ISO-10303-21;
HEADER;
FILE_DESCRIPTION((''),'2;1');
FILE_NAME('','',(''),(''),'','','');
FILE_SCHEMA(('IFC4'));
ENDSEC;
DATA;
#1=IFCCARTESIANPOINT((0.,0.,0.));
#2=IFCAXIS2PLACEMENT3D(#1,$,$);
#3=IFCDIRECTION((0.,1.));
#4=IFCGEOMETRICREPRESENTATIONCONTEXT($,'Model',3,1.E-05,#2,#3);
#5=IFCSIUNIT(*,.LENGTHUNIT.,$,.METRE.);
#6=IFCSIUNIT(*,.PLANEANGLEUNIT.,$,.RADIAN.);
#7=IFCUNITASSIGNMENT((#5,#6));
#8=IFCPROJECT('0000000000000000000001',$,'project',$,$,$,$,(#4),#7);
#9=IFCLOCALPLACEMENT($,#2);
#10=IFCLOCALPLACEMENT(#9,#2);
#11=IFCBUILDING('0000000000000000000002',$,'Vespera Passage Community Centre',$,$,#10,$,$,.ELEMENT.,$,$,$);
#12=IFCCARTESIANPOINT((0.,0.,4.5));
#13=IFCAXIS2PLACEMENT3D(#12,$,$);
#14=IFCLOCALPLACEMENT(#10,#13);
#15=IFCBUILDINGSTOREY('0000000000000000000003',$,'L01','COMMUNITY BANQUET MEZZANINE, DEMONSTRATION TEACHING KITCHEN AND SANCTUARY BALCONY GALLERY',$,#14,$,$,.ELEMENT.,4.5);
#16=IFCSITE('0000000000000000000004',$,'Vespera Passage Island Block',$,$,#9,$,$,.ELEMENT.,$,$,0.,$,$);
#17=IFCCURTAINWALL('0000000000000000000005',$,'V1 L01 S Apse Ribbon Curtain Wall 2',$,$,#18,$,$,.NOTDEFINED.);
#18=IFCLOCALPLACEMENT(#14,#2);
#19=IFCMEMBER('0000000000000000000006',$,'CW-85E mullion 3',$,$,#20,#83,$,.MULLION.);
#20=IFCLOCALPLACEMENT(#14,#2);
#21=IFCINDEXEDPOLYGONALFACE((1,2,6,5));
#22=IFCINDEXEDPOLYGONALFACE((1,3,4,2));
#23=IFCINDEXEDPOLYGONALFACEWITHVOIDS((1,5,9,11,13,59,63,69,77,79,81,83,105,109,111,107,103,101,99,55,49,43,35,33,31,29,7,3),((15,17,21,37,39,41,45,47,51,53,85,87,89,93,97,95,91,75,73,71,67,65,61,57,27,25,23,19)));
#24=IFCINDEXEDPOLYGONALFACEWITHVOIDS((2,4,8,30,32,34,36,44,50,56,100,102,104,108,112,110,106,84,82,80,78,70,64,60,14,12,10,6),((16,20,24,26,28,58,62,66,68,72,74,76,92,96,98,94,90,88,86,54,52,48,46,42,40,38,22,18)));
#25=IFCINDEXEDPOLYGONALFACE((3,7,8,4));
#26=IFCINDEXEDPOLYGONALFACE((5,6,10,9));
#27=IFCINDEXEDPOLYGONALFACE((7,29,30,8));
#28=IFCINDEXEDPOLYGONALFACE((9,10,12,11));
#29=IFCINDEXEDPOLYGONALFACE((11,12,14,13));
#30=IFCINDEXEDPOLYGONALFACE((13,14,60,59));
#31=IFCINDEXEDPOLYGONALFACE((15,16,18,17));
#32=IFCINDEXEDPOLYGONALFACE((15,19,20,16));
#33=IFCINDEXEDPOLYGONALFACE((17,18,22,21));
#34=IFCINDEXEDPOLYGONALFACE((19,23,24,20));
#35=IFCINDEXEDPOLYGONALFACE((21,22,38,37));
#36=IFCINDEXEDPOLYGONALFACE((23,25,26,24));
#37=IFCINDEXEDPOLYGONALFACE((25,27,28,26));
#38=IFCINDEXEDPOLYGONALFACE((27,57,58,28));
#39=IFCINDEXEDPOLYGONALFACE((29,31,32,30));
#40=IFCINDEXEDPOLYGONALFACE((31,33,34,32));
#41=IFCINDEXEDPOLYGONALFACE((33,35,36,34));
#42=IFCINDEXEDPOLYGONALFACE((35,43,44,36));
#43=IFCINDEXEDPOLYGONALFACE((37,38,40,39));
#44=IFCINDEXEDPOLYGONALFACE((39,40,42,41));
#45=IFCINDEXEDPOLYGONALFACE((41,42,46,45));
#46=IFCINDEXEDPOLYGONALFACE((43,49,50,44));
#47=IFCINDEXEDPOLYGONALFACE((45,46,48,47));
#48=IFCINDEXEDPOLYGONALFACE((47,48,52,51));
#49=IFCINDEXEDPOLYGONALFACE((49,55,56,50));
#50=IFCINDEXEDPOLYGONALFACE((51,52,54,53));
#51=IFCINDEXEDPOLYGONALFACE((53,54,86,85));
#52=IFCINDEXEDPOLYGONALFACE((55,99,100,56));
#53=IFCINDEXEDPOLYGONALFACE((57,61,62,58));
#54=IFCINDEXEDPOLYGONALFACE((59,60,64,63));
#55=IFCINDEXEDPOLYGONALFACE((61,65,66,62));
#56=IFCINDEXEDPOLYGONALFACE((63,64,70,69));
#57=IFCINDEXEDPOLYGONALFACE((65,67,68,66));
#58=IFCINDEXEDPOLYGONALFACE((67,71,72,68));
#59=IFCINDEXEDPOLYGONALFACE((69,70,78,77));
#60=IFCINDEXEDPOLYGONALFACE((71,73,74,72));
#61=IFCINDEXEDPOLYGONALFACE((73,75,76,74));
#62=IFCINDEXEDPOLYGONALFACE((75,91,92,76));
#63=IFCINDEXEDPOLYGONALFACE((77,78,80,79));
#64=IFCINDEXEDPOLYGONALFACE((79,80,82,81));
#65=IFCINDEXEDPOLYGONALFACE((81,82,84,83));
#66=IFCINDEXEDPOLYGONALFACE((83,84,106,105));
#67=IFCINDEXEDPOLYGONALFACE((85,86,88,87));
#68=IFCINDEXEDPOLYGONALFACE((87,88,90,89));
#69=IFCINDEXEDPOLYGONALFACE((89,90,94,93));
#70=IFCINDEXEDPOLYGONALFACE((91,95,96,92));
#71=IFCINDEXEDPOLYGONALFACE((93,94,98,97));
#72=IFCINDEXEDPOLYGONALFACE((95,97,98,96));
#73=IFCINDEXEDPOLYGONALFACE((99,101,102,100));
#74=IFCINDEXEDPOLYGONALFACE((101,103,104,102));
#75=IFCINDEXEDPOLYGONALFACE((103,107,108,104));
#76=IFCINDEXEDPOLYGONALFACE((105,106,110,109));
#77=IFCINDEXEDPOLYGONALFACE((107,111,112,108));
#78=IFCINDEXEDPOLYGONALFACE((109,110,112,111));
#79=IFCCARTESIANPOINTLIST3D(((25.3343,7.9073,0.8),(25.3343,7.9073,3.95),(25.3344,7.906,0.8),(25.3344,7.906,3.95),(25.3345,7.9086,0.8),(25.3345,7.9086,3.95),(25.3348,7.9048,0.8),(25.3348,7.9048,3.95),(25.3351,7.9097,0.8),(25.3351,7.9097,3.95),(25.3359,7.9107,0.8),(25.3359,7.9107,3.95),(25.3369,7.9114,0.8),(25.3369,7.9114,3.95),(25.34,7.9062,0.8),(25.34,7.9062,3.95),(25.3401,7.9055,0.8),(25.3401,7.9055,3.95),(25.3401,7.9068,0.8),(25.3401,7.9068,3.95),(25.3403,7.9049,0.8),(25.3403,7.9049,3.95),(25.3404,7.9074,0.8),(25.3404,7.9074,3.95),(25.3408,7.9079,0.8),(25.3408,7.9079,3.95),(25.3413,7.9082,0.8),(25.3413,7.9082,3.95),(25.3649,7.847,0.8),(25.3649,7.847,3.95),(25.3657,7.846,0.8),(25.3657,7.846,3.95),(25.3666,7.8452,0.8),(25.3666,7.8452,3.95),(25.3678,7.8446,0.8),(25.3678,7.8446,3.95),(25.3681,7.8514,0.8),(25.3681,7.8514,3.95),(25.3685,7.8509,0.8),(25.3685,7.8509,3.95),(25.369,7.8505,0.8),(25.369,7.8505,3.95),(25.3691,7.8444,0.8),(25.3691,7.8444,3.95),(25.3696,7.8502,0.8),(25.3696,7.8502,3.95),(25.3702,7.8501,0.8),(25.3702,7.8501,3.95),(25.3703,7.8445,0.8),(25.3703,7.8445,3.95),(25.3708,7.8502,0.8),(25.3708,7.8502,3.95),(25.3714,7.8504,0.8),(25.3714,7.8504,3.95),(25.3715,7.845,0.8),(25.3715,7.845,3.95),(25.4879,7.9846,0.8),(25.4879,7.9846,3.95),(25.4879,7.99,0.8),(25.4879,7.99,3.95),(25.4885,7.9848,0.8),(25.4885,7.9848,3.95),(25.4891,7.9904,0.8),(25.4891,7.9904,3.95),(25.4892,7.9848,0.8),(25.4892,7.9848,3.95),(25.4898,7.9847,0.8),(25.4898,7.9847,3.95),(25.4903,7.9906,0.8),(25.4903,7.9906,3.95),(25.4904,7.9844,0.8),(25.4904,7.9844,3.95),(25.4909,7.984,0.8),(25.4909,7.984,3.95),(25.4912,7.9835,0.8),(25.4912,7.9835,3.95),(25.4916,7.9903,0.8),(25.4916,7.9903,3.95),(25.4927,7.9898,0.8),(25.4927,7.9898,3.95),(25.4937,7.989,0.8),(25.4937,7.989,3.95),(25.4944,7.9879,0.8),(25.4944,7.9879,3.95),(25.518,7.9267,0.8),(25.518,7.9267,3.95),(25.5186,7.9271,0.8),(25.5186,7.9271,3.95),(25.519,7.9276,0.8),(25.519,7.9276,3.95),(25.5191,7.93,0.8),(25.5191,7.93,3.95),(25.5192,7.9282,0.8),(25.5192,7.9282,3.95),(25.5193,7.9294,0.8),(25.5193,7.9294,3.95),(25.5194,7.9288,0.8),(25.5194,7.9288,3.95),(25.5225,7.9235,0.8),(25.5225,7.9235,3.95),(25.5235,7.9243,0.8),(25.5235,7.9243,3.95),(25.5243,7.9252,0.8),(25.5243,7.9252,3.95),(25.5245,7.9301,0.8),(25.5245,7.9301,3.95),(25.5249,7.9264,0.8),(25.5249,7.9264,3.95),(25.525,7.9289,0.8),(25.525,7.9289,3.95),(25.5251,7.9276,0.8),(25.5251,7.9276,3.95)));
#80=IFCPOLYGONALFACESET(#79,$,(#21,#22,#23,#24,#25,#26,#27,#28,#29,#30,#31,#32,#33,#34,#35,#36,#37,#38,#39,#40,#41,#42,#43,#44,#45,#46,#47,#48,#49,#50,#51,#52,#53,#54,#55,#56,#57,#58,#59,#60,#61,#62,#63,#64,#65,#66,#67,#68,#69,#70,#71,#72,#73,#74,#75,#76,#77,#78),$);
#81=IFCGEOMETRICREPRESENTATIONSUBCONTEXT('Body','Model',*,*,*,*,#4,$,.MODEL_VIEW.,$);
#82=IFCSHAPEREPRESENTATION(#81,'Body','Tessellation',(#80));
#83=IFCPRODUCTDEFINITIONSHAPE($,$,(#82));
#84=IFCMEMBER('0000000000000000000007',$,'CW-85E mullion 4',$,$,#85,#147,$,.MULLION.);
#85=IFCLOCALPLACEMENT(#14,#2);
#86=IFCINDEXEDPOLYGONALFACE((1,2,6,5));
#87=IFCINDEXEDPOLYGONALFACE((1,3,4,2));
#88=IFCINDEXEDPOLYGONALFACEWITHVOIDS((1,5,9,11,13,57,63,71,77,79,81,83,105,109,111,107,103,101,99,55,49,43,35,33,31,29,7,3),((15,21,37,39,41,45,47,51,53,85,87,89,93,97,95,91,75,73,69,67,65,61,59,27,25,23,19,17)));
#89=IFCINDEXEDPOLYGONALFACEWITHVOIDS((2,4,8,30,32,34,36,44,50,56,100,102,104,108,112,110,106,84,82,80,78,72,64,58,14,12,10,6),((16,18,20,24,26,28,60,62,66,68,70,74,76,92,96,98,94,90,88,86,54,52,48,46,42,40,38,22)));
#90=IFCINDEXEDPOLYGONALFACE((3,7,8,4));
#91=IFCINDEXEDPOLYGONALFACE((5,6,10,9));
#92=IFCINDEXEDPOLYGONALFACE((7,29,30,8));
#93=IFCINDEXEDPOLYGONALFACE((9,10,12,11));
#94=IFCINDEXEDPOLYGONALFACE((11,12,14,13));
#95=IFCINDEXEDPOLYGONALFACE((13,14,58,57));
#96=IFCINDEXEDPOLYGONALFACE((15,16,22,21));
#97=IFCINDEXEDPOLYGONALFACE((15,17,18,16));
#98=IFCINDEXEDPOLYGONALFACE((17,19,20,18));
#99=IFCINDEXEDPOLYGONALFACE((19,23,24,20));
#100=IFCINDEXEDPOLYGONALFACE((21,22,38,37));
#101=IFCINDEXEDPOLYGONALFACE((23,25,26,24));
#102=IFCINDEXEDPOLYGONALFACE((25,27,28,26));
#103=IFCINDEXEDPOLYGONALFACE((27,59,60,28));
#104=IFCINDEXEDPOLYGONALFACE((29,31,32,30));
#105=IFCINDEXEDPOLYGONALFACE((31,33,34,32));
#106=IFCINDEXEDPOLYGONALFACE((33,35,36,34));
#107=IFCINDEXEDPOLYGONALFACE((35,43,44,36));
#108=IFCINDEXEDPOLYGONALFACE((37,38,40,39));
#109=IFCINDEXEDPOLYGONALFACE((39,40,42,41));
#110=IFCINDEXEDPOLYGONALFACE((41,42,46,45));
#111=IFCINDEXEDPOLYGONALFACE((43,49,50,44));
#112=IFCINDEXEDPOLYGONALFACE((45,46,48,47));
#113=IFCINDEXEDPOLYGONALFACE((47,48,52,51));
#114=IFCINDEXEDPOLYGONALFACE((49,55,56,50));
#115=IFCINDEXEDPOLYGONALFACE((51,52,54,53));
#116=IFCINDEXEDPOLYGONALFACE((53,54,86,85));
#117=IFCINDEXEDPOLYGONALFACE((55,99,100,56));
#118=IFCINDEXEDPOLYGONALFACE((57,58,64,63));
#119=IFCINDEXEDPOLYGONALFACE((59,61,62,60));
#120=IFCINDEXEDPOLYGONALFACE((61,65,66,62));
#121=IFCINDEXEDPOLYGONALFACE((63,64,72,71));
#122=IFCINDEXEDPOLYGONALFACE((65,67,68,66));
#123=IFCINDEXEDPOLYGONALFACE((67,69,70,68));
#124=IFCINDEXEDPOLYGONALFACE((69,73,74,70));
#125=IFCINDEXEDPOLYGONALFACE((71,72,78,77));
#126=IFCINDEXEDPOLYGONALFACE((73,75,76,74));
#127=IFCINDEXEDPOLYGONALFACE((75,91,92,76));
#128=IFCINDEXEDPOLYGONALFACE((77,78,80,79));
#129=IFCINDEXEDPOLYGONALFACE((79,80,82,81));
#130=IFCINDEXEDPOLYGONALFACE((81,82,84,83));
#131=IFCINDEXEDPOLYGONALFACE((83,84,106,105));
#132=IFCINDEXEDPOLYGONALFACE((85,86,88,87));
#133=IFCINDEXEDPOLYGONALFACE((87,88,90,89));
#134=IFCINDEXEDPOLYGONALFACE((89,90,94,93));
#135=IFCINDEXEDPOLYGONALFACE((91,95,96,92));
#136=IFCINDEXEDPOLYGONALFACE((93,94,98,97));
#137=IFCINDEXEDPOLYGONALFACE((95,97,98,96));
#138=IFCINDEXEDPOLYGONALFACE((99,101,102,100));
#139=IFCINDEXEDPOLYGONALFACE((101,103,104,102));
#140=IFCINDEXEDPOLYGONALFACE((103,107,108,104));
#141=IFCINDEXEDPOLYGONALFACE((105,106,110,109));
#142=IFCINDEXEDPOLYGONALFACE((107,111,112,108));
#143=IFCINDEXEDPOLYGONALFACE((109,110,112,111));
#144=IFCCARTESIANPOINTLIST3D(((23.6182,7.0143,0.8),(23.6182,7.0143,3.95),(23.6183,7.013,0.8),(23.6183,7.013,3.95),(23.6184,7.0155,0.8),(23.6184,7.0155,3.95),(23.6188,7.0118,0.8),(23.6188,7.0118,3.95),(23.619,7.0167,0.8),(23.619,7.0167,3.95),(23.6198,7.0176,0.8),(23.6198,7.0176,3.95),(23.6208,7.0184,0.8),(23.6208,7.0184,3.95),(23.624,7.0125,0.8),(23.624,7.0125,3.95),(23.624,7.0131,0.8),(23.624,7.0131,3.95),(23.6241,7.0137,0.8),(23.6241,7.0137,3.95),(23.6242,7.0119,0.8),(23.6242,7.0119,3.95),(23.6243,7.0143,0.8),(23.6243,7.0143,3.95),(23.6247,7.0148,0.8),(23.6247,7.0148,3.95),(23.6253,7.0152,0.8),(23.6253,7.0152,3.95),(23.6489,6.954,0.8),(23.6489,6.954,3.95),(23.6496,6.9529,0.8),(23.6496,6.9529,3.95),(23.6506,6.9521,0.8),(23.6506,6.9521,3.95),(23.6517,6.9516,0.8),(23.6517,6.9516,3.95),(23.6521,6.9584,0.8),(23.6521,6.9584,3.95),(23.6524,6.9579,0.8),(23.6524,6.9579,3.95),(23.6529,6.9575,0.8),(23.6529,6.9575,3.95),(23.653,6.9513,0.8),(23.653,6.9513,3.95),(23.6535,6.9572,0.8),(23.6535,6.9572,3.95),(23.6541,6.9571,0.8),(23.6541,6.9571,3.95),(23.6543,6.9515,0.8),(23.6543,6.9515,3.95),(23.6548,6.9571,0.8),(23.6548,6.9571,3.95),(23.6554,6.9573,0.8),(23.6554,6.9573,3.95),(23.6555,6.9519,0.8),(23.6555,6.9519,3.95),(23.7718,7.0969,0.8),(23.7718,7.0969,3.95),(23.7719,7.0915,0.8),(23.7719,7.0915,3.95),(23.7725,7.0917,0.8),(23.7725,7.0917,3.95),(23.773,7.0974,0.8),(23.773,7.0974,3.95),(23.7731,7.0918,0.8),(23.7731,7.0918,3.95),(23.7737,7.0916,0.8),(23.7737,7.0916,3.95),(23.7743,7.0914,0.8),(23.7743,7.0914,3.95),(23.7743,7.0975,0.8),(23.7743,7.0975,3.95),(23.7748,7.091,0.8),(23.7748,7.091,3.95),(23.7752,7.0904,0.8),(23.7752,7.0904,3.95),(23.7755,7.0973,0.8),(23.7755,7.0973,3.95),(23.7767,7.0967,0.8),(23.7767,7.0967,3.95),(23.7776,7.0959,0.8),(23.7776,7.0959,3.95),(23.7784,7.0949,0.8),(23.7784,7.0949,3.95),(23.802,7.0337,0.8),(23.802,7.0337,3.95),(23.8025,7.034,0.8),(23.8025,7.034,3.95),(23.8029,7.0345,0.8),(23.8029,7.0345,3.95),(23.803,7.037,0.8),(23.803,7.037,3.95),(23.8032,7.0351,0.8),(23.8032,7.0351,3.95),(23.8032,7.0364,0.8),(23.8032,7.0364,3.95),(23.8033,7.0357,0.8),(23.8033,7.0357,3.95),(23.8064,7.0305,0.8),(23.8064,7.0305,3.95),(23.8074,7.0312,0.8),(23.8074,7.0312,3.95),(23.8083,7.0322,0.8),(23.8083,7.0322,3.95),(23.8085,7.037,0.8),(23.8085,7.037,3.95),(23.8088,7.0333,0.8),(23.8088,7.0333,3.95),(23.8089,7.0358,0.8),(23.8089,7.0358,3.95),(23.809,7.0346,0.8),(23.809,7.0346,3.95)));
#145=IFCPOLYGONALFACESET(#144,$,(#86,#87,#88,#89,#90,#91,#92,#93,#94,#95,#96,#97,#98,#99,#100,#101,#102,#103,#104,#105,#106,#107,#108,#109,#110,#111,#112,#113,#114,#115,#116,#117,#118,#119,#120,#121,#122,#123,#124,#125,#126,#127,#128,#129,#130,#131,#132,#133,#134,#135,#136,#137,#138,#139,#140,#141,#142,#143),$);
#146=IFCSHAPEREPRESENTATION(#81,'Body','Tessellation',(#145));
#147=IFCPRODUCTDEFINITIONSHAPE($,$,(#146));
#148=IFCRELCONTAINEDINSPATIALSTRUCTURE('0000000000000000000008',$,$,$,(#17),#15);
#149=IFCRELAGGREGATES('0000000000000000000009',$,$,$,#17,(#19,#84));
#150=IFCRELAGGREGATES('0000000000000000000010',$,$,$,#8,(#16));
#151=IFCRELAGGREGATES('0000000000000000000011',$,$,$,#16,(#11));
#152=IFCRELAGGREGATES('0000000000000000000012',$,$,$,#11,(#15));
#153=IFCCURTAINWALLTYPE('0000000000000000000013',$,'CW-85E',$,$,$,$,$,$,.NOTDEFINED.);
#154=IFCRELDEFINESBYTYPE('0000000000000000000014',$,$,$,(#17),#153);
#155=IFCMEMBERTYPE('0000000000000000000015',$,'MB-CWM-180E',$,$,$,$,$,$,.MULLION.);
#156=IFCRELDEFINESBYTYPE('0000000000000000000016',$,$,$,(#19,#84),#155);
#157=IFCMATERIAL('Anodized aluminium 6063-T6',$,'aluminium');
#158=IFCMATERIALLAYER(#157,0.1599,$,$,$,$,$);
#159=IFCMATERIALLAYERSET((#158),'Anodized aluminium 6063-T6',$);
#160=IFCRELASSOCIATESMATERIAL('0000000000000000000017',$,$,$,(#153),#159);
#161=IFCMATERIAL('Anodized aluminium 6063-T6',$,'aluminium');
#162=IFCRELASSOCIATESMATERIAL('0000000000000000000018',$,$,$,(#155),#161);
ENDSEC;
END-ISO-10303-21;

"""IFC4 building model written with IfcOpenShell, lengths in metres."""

from ifc_helpers import new_model, si_unit, direction, frame, origin, origin_2d, place, context, subcontext, project, spatial, hollow_rectangle, extrude, material, layer, layer_set, material_profile, profile_set, type_object, element, aggregate, save


model = new_model("IFC4")

# Units and contexts
model_context = context("Model", 3, precision=1e-05, world=origin(), true_north=direction((0.0, 1.0)))
body_context = subcontext(model_context, "Body", "Model", "MODEL_VIEW")
ifc_project = project(units=[si_unit("LENGTHUNIT", "METRE"), si_unit("PLANEANGLEUNIT", "RADIAN")], contexts=[model_context])

# Site, building, storey
site_placement = place(None, origin())
site = spatial("IfcSite", under=ifc_project, at=site_placement, Name="Vespera Passage Island Block", CompositionType="ELEMENT", RefElevation=0.0)
building_placement = place(site_placement, origin())
building = spatial("IfcBuilding", under=site, at=building_placement, Name="Vespera Passage Community Centre", CompositionType="ELEMENT")
storey_placement = place(building_placement, frame((0.0, 0.0, 4.5)))
storey = spatial("IfcBuildingStorey", under=building, at=storey_placement, Name="L01", Description="COMMUNITY BANQUET MEZZANINE, DEMONSTRATION TEACHING KITCHEN AND SANCTUARY BALCONY GALLERY", CompositionType="ELEMENT", Elevation=4.5)

# Curtain wall, members
ifc_material_1 = material(Name="Anodized aluminium 6063-T6", Category="aluminium")
ifc_layer_1 = layer(ifc_material_1, 0.1599)
ifc_layer_set_1 = layer_set([ifc_layer_1], Name="Anodized aluminium 6063-T6")
curtain_wall_type = type_object("IfcCurtainWallType", Name="CW-85E", PredefinedType="NOTDEFINED", material=ifc_layer_set_1)
curtain_wall_placement = place(storey_placement, origin())
curtain_wall = element("IfcCurtainWall", 1, at=curtain_wall_placement, inside=storey, type_object=curtain_wall_type, Name="V1 L01 S Apse Ribbon Curtain Wall 2", PredefinedType="NOTDEFINED")
ifc_material_2 = material(Name="Anodized aluminium 6063-T6", Category="aluminium")
ifc_material_profile_1 = material_profile(ifc_material_2, hollow_rectangle(XDim=0.075, YDim=0.1799, WallThickness=0.0049, InnerFilletRadius=0.0024, OuterFilletRadius=0.0049, at=origin_2d()), Name="ALU180X75X5")
ifc_profile_set_1 = profile_set([ifc_material_profile_1], Name="Anodized aluminium 6063-T6")
member_type_1 = type_object("IfcMemberType", Name="MB-CWM-180E", PredefinedType="MULLION", material=ifc_profile_set_1)
member_1_placement = place(storey_placement, frame((25.4297, 7.9175, 0.8), z_axis=(0.0, 0.0, 1.0), x_axis=(0.461745, -0.887013, 0.0)))
member_1 = element("IfcMember", 2, at=member_1_placement, type_object=member_type_1, Name="CW-85E mullion 3", PredefinedType="MULLION", context=body_context, shape_type="SweptSolid", body=[
    extrude(hollow_rectangle(XDim=0.075, YDim=0.1799, WallThickness=0.0049, InnerFilletRadius=0.0024, OuterFilletRadius=0.0049, at=origin_2d()), origin(), (0.0, 0.0, 1.0), 3.1499),
])
member_2_placement = place(storey_placement, frame((23.7136, 7.0244, 0.8), z_axis=(0.0, 0.0, 1.0), x_axis=(0.461745, -0.887013, 0.0)))
member_2 = element("IfcMember", 3, at=member_2_placement, type_object=member_type_1, Name="CW-85E mullion 4", PredefinedType="MULLION", context=body_context, shape_type="SweptSolid", body=[
    extrude(hollow_rectangle(XDim=0.075, YDim=0.1799, WallThickness=0.0049, InnerFilletRadius=0.0024, OuterFilletRadius=0.0049, at=origin_2d()), origin(), (0.0, 0.0, 1.0), 3.1499),
])
aggregate(curtain_wall, [member_1, member_2])

save(model, "model.ifc")
